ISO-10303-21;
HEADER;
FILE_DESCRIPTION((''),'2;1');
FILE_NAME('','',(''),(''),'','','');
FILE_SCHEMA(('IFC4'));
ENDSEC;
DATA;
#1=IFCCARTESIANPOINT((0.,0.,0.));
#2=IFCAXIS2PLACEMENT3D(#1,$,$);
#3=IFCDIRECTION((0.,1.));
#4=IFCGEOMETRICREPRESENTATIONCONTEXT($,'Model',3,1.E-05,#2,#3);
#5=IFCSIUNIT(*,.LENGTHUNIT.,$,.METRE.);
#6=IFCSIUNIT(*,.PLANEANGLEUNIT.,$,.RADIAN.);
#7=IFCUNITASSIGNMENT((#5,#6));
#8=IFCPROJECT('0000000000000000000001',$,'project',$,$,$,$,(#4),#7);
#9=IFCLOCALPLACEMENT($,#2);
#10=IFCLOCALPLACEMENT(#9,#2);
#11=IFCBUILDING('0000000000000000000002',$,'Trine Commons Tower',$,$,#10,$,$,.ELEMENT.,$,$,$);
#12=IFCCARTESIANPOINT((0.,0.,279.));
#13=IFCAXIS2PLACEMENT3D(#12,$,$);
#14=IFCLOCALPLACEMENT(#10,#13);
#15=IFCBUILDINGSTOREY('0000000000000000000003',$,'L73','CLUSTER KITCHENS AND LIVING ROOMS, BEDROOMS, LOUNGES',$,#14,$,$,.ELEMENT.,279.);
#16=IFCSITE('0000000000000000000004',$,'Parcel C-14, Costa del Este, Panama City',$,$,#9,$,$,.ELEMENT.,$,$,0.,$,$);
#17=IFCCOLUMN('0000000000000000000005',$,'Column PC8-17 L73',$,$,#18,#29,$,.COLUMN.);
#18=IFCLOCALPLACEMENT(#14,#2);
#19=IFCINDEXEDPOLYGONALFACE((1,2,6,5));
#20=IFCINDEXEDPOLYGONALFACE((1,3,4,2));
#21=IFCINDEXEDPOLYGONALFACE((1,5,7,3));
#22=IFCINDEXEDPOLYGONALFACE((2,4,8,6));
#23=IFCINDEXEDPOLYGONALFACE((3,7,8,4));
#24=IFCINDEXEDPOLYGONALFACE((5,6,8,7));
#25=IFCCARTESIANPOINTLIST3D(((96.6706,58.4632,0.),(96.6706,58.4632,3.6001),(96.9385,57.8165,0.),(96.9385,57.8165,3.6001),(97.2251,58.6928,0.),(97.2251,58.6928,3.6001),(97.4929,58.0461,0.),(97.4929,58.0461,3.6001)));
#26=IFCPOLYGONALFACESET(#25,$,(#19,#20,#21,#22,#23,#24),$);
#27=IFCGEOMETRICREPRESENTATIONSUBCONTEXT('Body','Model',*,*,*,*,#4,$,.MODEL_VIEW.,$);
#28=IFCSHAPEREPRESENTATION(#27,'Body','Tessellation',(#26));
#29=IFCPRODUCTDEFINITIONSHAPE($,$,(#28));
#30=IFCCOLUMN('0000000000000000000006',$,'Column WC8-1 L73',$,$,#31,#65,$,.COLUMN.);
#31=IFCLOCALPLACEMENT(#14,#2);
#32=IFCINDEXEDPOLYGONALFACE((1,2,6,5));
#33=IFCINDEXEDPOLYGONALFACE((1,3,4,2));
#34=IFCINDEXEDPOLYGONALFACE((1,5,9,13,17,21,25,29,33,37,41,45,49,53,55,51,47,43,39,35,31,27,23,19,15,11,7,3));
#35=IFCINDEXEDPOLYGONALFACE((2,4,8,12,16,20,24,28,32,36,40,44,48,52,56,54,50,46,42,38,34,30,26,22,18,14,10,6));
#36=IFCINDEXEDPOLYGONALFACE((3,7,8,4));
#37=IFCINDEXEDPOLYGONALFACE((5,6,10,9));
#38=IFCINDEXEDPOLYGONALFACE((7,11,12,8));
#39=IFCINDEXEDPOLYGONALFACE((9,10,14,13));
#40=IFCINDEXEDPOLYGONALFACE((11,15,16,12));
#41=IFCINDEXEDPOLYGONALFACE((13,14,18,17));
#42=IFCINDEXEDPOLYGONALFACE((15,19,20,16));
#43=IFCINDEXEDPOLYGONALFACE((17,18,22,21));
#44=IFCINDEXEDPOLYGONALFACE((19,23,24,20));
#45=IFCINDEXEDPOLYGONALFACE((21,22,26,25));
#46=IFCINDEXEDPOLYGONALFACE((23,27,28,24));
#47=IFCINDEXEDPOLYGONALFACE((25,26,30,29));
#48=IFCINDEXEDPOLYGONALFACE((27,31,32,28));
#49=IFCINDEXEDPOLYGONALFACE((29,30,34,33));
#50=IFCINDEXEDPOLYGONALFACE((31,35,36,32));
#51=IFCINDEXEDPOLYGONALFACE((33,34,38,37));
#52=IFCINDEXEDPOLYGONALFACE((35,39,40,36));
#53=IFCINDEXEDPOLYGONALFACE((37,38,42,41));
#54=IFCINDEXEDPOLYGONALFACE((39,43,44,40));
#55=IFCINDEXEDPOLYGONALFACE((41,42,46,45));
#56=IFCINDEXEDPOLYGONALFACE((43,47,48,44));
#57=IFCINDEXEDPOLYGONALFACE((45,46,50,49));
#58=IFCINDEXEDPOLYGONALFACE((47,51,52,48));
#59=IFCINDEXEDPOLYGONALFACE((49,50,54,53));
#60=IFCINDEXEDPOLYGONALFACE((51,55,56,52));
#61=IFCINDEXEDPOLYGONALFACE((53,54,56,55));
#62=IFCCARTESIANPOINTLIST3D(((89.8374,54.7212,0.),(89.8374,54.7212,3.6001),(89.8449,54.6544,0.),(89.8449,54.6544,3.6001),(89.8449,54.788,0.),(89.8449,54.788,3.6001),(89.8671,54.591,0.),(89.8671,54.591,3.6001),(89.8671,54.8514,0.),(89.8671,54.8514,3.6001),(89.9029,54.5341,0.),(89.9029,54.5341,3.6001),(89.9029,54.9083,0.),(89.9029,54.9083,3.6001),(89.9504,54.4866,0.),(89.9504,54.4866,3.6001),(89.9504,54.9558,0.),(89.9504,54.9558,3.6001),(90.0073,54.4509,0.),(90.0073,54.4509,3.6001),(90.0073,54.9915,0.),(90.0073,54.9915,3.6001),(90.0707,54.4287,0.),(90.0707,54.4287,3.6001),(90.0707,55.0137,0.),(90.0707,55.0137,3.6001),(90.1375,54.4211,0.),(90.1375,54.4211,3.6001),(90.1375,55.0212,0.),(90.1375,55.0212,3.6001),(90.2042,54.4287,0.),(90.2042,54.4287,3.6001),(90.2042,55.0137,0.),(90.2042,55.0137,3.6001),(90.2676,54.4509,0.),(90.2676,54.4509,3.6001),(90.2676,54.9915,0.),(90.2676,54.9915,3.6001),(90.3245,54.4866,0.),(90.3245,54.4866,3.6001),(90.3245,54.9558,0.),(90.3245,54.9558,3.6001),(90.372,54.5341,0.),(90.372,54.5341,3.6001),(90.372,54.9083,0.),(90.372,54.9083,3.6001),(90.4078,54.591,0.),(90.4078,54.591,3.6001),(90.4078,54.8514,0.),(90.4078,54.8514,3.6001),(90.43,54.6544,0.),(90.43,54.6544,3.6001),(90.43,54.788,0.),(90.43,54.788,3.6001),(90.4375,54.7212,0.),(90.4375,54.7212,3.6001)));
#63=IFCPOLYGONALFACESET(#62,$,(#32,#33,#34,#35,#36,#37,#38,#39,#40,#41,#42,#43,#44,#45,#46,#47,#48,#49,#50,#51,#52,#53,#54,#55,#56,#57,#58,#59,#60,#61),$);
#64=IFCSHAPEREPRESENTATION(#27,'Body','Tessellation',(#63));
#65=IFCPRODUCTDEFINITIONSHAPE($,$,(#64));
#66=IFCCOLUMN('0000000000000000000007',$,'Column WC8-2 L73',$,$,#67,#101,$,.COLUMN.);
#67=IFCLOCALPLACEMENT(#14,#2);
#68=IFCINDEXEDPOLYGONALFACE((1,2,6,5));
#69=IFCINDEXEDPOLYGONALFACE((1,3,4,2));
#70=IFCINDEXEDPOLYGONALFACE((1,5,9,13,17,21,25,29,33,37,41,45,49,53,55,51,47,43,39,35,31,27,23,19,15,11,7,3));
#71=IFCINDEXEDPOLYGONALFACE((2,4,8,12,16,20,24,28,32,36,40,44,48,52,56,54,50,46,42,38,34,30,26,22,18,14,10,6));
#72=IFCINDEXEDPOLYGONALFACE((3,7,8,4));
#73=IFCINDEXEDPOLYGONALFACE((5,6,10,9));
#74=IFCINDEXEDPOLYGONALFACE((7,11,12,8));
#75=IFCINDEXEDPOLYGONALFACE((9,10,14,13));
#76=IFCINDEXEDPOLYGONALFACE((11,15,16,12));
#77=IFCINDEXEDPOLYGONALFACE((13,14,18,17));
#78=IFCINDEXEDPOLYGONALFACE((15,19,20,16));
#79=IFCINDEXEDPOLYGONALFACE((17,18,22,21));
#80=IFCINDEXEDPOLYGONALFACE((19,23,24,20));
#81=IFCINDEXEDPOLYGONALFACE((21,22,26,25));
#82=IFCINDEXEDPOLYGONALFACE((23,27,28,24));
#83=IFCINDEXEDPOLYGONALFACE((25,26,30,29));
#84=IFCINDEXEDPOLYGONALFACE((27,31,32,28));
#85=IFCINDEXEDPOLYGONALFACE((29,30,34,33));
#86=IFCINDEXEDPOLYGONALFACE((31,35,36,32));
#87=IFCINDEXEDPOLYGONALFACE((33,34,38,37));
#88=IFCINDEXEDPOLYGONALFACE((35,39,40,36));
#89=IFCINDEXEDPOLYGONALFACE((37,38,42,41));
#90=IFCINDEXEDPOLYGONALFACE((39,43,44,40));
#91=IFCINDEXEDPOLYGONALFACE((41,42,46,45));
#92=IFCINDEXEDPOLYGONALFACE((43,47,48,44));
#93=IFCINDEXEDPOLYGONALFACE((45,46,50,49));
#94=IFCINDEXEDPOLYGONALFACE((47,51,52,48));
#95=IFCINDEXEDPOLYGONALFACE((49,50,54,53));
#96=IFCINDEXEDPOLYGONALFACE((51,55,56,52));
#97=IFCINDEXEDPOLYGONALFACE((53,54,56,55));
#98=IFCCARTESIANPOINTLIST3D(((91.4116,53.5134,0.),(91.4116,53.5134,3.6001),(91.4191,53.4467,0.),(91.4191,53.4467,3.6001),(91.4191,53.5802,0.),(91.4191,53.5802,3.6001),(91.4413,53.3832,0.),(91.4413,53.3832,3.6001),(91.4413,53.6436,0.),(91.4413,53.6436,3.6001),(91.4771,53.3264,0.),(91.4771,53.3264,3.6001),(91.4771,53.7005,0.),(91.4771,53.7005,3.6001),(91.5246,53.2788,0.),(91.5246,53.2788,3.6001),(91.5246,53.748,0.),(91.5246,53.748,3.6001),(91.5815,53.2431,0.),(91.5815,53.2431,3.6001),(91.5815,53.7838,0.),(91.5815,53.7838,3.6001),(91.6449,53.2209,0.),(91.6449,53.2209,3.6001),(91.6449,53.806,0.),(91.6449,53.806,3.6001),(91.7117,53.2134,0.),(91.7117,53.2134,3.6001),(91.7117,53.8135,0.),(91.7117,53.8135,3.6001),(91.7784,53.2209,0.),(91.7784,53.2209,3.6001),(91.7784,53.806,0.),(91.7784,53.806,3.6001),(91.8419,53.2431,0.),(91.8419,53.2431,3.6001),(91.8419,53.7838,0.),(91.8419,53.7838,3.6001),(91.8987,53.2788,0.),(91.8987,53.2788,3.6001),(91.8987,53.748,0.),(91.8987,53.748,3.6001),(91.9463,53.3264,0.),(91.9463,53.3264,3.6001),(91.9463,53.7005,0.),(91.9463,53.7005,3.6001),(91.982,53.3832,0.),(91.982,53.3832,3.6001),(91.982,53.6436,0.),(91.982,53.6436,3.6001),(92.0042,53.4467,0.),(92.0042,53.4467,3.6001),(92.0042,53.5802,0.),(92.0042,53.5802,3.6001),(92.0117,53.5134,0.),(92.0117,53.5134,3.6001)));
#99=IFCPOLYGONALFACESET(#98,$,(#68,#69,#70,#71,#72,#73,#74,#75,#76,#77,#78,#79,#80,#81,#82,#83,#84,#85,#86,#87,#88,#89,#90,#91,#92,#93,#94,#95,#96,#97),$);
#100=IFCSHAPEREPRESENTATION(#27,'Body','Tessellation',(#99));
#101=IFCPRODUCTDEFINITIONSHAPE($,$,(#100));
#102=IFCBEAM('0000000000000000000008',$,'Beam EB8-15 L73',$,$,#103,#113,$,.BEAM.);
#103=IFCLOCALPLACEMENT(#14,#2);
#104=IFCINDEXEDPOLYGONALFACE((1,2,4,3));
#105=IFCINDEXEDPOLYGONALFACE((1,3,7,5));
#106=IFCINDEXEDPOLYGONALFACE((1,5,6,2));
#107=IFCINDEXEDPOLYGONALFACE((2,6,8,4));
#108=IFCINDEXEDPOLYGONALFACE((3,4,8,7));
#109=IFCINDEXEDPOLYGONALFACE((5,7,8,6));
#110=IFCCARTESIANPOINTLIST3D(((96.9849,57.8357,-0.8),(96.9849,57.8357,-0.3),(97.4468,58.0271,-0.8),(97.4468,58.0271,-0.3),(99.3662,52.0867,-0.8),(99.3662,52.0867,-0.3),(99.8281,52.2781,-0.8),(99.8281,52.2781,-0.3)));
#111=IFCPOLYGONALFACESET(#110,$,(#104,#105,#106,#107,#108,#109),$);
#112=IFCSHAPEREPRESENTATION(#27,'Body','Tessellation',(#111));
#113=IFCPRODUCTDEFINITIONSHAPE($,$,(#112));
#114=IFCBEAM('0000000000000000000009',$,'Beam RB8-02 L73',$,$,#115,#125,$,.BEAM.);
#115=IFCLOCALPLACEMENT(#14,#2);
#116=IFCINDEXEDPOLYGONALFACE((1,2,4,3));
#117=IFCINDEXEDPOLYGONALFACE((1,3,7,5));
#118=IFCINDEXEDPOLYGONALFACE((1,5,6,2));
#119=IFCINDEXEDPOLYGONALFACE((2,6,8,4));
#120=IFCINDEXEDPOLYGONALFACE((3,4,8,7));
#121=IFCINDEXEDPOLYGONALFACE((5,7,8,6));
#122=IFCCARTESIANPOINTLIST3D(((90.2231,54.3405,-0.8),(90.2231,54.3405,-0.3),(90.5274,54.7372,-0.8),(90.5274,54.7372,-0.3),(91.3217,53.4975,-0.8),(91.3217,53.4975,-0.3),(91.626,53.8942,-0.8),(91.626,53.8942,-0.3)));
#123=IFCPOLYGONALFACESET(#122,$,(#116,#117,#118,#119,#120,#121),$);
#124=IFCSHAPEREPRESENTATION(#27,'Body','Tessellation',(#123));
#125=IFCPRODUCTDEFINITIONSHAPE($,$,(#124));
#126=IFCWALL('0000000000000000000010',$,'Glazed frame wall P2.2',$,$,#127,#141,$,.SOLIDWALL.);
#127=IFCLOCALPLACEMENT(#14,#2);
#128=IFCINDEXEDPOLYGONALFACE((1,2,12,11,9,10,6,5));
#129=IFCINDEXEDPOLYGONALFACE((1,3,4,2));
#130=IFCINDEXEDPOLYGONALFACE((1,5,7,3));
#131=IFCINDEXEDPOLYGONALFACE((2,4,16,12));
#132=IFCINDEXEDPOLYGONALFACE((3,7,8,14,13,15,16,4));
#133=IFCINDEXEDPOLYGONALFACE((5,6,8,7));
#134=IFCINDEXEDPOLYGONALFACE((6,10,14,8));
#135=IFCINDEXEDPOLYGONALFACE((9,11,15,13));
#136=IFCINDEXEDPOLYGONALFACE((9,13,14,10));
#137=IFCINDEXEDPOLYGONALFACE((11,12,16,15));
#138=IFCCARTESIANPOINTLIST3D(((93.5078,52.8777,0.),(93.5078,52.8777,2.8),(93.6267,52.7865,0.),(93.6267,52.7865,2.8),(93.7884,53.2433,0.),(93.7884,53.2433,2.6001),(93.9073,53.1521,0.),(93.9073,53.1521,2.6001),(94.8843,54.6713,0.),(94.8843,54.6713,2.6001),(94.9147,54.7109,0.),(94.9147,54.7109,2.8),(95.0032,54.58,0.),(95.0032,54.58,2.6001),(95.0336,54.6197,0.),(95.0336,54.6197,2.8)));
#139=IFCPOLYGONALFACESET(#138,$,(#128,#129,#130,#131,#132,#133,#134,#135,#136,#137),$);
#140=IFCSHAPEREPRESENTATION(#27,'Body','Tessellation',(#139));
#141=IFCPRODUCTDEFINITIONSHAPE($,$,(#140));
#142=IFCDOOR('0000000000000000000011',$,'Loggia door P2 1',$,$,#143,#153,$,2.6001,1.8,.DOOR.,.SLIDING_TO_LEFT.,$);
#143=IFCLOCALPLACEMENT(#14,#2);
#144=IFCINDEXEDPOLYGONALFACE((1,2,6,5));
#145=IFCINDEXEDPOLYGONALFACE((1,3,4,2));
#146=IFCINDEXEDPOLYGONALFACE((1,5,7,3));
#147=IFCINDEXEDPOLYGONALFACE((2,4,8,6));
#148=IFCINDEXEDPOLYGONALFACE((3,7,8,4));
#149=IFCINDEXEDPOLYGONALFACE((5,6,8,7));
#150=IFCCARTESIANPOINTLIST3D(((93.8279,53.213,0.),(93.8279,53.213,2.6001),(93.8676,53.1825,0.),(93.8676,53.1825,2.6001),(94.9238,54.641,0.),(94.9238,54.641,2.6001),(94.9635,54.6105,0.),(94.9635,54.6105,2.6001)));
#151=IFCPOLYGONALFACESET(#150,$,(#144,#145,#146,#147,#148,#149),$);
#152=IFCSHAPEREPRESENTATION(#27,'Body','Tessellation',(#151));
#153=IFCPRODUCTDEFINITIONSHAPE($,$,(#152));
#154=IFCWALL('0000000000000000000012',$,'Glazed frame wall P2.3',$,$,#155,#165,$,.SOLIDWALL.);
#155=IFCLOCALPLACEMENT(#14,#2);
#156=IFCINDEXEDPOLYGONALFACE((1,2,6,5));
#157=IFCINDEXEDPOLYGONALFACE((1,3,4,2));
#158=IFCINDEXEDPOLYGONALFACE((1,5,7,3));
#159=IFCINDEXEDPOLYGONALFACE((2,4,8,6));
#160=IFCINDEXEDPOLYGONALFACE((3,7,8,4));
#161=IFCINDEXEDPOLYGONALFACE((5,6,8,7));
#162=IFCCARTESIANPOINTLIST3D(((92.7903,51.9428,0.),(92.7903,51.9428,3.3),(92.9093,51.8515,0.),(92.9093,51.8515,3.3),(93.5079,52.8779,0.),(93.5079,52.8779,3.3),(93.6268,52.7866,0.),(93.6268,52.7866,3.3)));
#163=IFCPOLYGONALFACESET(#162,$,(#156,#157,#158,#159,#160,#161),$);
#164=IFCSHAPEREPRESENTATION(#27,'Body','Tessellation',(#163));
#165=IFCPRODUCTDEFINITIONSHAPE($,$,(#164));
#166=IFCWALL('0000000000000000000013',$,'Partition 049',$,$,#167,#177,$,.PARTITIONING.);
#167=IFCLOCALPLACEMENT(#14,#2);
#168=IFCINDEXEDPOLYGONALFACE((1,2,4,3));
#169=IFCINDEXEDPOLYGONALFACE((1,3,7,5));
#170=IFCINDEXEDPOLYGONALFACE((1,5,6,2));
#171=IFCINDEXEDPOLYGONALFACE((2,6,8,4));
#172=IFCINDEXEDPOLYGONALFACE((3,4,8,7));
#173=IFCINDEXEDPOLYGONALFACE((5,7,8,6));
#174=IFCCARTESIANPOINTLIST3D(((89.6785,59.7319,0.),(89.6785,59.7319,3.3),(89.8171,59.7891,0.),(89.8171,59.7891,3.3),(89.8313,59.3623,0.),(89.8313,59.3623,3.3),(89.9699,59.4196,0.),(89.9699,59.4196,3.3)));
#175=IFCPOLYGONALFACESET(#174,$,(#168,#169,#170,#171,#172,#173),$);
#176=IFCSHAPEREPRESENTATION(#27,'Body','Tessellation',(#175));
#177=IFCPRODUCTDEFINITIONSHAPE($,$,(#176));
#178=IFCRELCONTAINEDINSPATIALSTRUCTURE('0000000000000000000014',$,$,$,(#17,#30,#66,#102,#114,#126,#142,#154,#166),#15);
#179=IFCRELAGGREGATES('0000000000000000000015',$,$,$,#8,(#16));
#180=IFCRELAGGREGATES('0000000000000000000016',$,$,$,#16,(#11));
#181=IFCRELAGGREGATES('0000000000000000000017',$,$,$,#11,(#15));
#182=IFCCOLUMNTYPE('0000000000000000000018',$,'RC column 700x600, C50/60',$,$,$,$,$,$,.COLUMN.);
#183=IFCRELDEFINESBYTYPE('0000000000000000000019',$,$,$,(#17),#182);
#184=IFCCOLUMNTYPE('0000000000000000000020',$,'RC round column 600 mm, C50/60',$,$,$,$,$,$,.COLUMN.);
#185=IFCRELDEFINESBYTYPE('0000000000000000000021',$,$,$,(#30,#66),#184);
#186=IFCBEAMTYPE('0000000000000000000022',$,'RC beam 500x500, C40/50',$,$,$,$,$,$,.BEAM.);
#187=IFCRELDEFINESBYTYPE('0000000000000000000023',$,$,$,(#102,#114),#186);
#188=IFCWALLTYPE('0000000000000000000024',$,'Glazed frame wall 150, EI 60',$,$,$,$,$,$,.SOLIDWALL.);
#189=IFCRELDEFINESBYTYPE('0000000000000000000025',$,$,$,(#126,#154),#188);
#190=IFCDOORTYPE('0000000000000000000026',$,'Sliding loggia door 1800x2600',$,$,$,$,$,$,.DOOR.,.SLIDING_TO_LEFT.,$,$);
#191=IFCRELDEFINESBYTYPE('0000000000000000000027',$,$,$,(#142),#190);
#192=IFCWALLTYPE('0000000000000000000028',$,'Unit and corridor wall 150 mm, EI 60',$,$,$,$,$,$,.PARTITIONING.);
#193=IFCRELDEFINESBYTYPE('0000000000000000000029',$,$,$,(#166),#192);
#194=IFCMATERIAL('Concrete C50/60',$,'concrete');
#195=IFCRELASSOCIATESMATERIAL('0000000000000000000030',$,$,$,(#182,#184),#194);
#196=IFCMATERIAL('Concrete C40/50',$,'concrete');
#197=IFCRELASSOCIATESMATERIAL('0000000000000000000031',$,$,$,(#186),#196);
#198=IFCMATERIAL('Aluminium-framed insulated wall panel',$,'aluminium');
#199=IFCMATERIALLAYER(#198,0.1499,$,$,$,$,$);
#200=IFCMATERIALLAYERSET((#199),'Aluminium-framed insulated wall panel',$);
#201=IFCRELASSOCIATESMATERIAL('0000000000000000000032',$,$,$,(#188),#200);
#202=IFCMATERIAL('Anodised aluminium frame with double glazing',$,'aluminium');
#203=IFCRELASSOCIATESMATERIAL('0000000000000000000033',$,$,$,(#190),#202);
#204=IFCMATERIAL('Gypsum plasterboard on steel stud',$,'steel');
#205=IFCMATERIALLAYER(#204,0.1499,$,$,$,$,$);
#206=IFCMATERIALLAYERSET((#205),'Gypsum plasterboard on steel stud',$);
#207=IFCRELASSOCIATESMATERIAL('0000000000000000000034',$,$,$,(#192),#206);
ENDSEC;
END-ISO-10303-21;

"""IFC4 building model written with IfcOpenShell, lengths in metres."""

from ifc_helpers import new_model, si_unit, direction, frame, frame_2d, origin, origin_2d, place, context, subcontext, project, spatial, polyline, rectangle, circle, outline, extrude, material, layer, layer_set, material_profile, profile_set, type_object, element, fill, save


model = new_model("IFC4")

# Units and contexts
model_context = context("Model", 3, precision=1e-05, world=origin(), true_north=direction((0.0, 1.0)))
body_context = subcontext(model_context, "Body", "Model", "MODEL_VIEW")
ifc_project = project(units=[si_unit("LENGTHUNIT", "METRE"), si_unit("PLANEANGLEUNIT", "RADIAN")], contexts=[model_context])

# Site, building, storey
site_placement = place(None, origin())
site = spatial("IfcSite", under=ifc_project, at=site_placement, Name="Parcel C-14, Costa del Este, Panama City", CompositionType="ELEMENT", RefElevation=0.0)
building_placement = place(site_placement, origin())
building = spatial("IfcBuilding", under=site, at=building_placement, Name="Trine Commons Tower", CompositionType="ELEMENT")
storey_placement = place(building_placement, frame((0.0, 0.0, 279.0)))
storey = spatial("IfcBuildingStorey", under=building, at=storey_placement, Name="L73", Description="CLUSTER KITCHENS AND LIVING ROOMS, BEDROOMS, LOUNGES", CompositionType="ELEMENT", Elevation=279.0)

# Columns
ifc_material_1 = material(Name="Concrete C50/60", Category="concrete")
ifc_material_profile_1 = material_profile(ifc_material_1, rectangle(XDim=0.7, YDim=0.6001, at=origin_2d()), Name="RC 700x600")
ifc_profile_set_1 = profile_set([ifc_material_profile_1], Name="Concrete C50/60")
column_type_1 = type_object("IfcColumnType", Name="RC column 700x600, C50/60", PredefinedType="COLUMN", material=ifc_profile_set_1)
column_placement = place(storey_placement, frame((97.0818, 58.2546, 0.0), z_axis=(0.0, 0.0, 1.0), x_axis=(-0.382683, 0.92388, 0.0)))
element("IfcColumn", 1, at=column_placement, inside=storey, type_object=column_type_1, Name="Column PC8-17 L73", PredefinedType="COLUMN", context=body_context, shape_type="SweptSolid", body=[
    extrude(rectangle(XDim=0.7, YDim=0.6001, at=origin_2d()), origin(), (0.0, 0.0, 1.0), 3.6001),
])
ifc_material_profile_2 = material_profile(ifc_material_1, circle(Radius=0.3, at=origin_2d()), Name="RC round 600")
ifc_profile_set_2 = profile_set([ifc_material_profile_2], Name="Concrete C50/60")
column_type_2 = type_object("IfcColumnType", Name="RC round column 600 mm, C50/60", PredefinedType="COLUMN", material=ifc_profile_set_2)
for number, where, z_axis, x_axis, name in (
    (2, (90.1375, 54.7212, 0.0), (0.0, 0.0, 1.0), (1.0, 0.0, 0.0), "Column WC8-1 L73"),
    (3, (91.7117, 53.5134, 0.0), (0.0, 0.0, 1.0), (1.0, 0.0, 0.0), "Column WC8-2 L73"),
):
    element("IfcColumn", number, at=place(storey_placement, frame(where, z_axis=z_axis, x_axis=x_axis)), inside=storey, type_object=column_type_2, Name=name, PredefinedType="COLUMN", context=body_context, shape_type="SweptSolid", body=[
        extrude(circle(Radius=0.3, at=origin_2d()), origin(), (0.0, 0.0, 1.0), 3.6001),
    ])

# Beams
ifc_material_2 = material(Name="Concrete C40/50", Category="concrete")
ifc_material_profile_3 = material_profile(ifc_material_2, rectangle(XDim=0.5, YDim=0.5, at=origin_2d()), Name="RC 500x500")
ifc_profile_set_3 = profile_set([ifc_material_profile_3], Name="Concrete C40/50")
beam_type = type_object("IfcBeamType", Name="RC beam 500x500, C40/50", PredefinedType="BEAM", material=ifc_profile_set_3)
beam_1_placement = place(storey_placement, frame((97.2158, 57.9314, -0.55), z_axis=(0.382687, -0.923878, 0.0), x_axis=(0.923878, 0.382687, 0.0)))
element("IfcBeam", 4, at=beam_1_placement, inside=storey, type_object=beam_type, Name="Beam EB8-15 L73", PredefinedType="BEAM", context=body_context, shape_type="SweptSolid", body=[
    extrude(rectangle(XDim=0.5, YDim=0.5, at=origin_2d()), origin(), (0.0, 0.0, 1.0), 6.2227),
])
beam_2_placement = place(storey_placement, frame((90.3752, 54.5388, -0.55), z_axis=(0.793351, -0.608765, 0.0), x_axis=(0.608765, 0.793351, 0.0)))
element("IfcBeam", 5, at=beam_2_placement, inside=storey, type_object=beam_type, Name="Beam RB8-02 L73", PredefinedType="BEAM", context=body_context, shape_type="SweptSolid", body=[
    extrude(rectangle(XDim=0.5, YDim=0.5, at=origin_2d()), origin(), (0.0, 0.0, 1.0), 1.3848),
])

# Shared definitions
ifc_material_3 = material(Name="Aluminium-framed insulated wall panel", Category="aluminium")
ifc_layer_1 = layer(ifc_material_3, 0.1499)
ifc_layer_set_1 = layer_set([ifc_layer_1], Name="Aluminium-framed insulated wall panel")
wall_type_1 = type_object("IfcWallType", Name="Glazed frame wall 150, EI 60", PredefinedType="SOLIDWALL", material=ifc_layer_set_1)

# Wall, opening, door
wall_1_placement = place(storey_placement, frame((94.9741, 54.6653, 0.0), z_axis=(0.0, 0.0, 1.0), x_axis=(-0.608822, -0.793307, 0.0)))
wall_1 = element("IfcWall", 6, at=wall_1_placement, inside=storey, type_object=wall_type_1, Name="Glazed frame wall P2.2", PredefinedType="SOLIDWALL", context=body_context, shape_type="SweptSolid", body=[
    extrude(outline(polyline([(0.0, -0.075), (2.3108, -0.075), (2.3108, 0.075), (0.0, 0.075), (0.0, -0.075)])), origin(), (0.0, 0.0, 1.0), 2.8),
])
opening_1_placement = place(wall_1_placement, frame((0.05, 0.0, 0.0)))
opening_1 = element("IfcOpeningElement", 7, at=opening_1_placement, cuts=wall_1, PredefinedType="OPENING", context=body_context, shape_type="SweptSolid", body=[
    extrude(rectangle(XDim=1.8, YDim=2.6001, at=frame_2d((0.8999, 1.3))), frame((0.0, 0.085, 0.0), z_axis=(0.0, -1.0, 0.0), x_axis=(1.0, 0.0, 0.0)), (0.0, 0.0, 1.0), 0.1699),
])
ifc_material_4 = material(Name="Anodised aluminium frame with double glazing", Category="aluminium")
door_type_1 = type_object("IfcDoorType", Name="Sliding loggia door 1800x2600", OperationType="SLIDING_TO_LEFT", PredefinedType="DOOR", material=ifc_material_4)
door_1_placement = place(opening_1_placement, origin())
door_1 = element("IfcDoor", 8, at=door_1_placement, inside=storey, type_object=door_type_1, Name="Loggia door P2 1", OperationType="SLIDING_TO_LEFT", OverallHeight=2.6001, OverallWidth=1.8, PredefinedType="DOOR", context=body_context, shape_type="SweptSolid", body=[
    extrude(rectangle(XDim=1.8, YDim=2.6001, at=frame_2d((0.8999, 1.3))), frame((0.0, 0.0249, 0.0), z_axis=(0.0, -1.0, 0.0), x_axis=(1.0, 0.0, 0.0)), (0.0, 0.0, 1.0), 0.05),
])
fill(opening_1, door_1)

# Walls
wall_2_placement = place(storey_placement, frame((93.5674, 52.8323, 0.0), z_axis=(0.0, 0.0, 1.0), x_axis=(-0.608779, -0.79334, 0.0)))
element("IfcWall", 9, at=wall_2_placement, inside=storey, type_object=wall_type_1, Name="Glazed frame wall P2.3", PredefinedType="SOLIDWALL", context=body_context, shape_type="SweptSolid", body=[
    extrude(outline(polyline([(0.0, -0.075), (1.1787, -0.075), (1.1787, 0.075), (0.0, 0.075), (0.0, -0.075)])), origin(), (0.0, 0.0, 1.0), 3.3),
])
ifc_material_5 = material(Name="Gypsum plasterboard on steel stud", Category="steel")
ifc_layer_2 = layer(ifc_material_5, 0.1499)
ifc_layer_set_2 = layer_set([ifc_layer_2], Name="Gypsum plasterboard on steel stud")
wall_type_2 = type_object("IfcWallType", Name="Unit and corridor wall 150 mm, EI 60", PredefinedType="PARTITIONING", material=ifc_layer_set_2)
wall_3_placement = place(storey_placement, frame((89.7478, 59.7605, 0.0), z_axis=(0.0, 0.0, 1.0), x_axis=(0.3821, -0.924121, 0.0)))
element("IfcWall", 10, at=wall_3_placement, inside=storey, type_object=wall_type_2, Name="Partition 049", PredefinedType="PARTITIONING", context=body_context, shape_type="SweptSolid", body=[
    extrude(rectangle(XDim=0.3999, YDim=0.1499, at=frame_2d((0.2, 0.0))), origin(), (0.0, 0.0, 1.0), 3.3),
])

save(model, "model.ifc")
